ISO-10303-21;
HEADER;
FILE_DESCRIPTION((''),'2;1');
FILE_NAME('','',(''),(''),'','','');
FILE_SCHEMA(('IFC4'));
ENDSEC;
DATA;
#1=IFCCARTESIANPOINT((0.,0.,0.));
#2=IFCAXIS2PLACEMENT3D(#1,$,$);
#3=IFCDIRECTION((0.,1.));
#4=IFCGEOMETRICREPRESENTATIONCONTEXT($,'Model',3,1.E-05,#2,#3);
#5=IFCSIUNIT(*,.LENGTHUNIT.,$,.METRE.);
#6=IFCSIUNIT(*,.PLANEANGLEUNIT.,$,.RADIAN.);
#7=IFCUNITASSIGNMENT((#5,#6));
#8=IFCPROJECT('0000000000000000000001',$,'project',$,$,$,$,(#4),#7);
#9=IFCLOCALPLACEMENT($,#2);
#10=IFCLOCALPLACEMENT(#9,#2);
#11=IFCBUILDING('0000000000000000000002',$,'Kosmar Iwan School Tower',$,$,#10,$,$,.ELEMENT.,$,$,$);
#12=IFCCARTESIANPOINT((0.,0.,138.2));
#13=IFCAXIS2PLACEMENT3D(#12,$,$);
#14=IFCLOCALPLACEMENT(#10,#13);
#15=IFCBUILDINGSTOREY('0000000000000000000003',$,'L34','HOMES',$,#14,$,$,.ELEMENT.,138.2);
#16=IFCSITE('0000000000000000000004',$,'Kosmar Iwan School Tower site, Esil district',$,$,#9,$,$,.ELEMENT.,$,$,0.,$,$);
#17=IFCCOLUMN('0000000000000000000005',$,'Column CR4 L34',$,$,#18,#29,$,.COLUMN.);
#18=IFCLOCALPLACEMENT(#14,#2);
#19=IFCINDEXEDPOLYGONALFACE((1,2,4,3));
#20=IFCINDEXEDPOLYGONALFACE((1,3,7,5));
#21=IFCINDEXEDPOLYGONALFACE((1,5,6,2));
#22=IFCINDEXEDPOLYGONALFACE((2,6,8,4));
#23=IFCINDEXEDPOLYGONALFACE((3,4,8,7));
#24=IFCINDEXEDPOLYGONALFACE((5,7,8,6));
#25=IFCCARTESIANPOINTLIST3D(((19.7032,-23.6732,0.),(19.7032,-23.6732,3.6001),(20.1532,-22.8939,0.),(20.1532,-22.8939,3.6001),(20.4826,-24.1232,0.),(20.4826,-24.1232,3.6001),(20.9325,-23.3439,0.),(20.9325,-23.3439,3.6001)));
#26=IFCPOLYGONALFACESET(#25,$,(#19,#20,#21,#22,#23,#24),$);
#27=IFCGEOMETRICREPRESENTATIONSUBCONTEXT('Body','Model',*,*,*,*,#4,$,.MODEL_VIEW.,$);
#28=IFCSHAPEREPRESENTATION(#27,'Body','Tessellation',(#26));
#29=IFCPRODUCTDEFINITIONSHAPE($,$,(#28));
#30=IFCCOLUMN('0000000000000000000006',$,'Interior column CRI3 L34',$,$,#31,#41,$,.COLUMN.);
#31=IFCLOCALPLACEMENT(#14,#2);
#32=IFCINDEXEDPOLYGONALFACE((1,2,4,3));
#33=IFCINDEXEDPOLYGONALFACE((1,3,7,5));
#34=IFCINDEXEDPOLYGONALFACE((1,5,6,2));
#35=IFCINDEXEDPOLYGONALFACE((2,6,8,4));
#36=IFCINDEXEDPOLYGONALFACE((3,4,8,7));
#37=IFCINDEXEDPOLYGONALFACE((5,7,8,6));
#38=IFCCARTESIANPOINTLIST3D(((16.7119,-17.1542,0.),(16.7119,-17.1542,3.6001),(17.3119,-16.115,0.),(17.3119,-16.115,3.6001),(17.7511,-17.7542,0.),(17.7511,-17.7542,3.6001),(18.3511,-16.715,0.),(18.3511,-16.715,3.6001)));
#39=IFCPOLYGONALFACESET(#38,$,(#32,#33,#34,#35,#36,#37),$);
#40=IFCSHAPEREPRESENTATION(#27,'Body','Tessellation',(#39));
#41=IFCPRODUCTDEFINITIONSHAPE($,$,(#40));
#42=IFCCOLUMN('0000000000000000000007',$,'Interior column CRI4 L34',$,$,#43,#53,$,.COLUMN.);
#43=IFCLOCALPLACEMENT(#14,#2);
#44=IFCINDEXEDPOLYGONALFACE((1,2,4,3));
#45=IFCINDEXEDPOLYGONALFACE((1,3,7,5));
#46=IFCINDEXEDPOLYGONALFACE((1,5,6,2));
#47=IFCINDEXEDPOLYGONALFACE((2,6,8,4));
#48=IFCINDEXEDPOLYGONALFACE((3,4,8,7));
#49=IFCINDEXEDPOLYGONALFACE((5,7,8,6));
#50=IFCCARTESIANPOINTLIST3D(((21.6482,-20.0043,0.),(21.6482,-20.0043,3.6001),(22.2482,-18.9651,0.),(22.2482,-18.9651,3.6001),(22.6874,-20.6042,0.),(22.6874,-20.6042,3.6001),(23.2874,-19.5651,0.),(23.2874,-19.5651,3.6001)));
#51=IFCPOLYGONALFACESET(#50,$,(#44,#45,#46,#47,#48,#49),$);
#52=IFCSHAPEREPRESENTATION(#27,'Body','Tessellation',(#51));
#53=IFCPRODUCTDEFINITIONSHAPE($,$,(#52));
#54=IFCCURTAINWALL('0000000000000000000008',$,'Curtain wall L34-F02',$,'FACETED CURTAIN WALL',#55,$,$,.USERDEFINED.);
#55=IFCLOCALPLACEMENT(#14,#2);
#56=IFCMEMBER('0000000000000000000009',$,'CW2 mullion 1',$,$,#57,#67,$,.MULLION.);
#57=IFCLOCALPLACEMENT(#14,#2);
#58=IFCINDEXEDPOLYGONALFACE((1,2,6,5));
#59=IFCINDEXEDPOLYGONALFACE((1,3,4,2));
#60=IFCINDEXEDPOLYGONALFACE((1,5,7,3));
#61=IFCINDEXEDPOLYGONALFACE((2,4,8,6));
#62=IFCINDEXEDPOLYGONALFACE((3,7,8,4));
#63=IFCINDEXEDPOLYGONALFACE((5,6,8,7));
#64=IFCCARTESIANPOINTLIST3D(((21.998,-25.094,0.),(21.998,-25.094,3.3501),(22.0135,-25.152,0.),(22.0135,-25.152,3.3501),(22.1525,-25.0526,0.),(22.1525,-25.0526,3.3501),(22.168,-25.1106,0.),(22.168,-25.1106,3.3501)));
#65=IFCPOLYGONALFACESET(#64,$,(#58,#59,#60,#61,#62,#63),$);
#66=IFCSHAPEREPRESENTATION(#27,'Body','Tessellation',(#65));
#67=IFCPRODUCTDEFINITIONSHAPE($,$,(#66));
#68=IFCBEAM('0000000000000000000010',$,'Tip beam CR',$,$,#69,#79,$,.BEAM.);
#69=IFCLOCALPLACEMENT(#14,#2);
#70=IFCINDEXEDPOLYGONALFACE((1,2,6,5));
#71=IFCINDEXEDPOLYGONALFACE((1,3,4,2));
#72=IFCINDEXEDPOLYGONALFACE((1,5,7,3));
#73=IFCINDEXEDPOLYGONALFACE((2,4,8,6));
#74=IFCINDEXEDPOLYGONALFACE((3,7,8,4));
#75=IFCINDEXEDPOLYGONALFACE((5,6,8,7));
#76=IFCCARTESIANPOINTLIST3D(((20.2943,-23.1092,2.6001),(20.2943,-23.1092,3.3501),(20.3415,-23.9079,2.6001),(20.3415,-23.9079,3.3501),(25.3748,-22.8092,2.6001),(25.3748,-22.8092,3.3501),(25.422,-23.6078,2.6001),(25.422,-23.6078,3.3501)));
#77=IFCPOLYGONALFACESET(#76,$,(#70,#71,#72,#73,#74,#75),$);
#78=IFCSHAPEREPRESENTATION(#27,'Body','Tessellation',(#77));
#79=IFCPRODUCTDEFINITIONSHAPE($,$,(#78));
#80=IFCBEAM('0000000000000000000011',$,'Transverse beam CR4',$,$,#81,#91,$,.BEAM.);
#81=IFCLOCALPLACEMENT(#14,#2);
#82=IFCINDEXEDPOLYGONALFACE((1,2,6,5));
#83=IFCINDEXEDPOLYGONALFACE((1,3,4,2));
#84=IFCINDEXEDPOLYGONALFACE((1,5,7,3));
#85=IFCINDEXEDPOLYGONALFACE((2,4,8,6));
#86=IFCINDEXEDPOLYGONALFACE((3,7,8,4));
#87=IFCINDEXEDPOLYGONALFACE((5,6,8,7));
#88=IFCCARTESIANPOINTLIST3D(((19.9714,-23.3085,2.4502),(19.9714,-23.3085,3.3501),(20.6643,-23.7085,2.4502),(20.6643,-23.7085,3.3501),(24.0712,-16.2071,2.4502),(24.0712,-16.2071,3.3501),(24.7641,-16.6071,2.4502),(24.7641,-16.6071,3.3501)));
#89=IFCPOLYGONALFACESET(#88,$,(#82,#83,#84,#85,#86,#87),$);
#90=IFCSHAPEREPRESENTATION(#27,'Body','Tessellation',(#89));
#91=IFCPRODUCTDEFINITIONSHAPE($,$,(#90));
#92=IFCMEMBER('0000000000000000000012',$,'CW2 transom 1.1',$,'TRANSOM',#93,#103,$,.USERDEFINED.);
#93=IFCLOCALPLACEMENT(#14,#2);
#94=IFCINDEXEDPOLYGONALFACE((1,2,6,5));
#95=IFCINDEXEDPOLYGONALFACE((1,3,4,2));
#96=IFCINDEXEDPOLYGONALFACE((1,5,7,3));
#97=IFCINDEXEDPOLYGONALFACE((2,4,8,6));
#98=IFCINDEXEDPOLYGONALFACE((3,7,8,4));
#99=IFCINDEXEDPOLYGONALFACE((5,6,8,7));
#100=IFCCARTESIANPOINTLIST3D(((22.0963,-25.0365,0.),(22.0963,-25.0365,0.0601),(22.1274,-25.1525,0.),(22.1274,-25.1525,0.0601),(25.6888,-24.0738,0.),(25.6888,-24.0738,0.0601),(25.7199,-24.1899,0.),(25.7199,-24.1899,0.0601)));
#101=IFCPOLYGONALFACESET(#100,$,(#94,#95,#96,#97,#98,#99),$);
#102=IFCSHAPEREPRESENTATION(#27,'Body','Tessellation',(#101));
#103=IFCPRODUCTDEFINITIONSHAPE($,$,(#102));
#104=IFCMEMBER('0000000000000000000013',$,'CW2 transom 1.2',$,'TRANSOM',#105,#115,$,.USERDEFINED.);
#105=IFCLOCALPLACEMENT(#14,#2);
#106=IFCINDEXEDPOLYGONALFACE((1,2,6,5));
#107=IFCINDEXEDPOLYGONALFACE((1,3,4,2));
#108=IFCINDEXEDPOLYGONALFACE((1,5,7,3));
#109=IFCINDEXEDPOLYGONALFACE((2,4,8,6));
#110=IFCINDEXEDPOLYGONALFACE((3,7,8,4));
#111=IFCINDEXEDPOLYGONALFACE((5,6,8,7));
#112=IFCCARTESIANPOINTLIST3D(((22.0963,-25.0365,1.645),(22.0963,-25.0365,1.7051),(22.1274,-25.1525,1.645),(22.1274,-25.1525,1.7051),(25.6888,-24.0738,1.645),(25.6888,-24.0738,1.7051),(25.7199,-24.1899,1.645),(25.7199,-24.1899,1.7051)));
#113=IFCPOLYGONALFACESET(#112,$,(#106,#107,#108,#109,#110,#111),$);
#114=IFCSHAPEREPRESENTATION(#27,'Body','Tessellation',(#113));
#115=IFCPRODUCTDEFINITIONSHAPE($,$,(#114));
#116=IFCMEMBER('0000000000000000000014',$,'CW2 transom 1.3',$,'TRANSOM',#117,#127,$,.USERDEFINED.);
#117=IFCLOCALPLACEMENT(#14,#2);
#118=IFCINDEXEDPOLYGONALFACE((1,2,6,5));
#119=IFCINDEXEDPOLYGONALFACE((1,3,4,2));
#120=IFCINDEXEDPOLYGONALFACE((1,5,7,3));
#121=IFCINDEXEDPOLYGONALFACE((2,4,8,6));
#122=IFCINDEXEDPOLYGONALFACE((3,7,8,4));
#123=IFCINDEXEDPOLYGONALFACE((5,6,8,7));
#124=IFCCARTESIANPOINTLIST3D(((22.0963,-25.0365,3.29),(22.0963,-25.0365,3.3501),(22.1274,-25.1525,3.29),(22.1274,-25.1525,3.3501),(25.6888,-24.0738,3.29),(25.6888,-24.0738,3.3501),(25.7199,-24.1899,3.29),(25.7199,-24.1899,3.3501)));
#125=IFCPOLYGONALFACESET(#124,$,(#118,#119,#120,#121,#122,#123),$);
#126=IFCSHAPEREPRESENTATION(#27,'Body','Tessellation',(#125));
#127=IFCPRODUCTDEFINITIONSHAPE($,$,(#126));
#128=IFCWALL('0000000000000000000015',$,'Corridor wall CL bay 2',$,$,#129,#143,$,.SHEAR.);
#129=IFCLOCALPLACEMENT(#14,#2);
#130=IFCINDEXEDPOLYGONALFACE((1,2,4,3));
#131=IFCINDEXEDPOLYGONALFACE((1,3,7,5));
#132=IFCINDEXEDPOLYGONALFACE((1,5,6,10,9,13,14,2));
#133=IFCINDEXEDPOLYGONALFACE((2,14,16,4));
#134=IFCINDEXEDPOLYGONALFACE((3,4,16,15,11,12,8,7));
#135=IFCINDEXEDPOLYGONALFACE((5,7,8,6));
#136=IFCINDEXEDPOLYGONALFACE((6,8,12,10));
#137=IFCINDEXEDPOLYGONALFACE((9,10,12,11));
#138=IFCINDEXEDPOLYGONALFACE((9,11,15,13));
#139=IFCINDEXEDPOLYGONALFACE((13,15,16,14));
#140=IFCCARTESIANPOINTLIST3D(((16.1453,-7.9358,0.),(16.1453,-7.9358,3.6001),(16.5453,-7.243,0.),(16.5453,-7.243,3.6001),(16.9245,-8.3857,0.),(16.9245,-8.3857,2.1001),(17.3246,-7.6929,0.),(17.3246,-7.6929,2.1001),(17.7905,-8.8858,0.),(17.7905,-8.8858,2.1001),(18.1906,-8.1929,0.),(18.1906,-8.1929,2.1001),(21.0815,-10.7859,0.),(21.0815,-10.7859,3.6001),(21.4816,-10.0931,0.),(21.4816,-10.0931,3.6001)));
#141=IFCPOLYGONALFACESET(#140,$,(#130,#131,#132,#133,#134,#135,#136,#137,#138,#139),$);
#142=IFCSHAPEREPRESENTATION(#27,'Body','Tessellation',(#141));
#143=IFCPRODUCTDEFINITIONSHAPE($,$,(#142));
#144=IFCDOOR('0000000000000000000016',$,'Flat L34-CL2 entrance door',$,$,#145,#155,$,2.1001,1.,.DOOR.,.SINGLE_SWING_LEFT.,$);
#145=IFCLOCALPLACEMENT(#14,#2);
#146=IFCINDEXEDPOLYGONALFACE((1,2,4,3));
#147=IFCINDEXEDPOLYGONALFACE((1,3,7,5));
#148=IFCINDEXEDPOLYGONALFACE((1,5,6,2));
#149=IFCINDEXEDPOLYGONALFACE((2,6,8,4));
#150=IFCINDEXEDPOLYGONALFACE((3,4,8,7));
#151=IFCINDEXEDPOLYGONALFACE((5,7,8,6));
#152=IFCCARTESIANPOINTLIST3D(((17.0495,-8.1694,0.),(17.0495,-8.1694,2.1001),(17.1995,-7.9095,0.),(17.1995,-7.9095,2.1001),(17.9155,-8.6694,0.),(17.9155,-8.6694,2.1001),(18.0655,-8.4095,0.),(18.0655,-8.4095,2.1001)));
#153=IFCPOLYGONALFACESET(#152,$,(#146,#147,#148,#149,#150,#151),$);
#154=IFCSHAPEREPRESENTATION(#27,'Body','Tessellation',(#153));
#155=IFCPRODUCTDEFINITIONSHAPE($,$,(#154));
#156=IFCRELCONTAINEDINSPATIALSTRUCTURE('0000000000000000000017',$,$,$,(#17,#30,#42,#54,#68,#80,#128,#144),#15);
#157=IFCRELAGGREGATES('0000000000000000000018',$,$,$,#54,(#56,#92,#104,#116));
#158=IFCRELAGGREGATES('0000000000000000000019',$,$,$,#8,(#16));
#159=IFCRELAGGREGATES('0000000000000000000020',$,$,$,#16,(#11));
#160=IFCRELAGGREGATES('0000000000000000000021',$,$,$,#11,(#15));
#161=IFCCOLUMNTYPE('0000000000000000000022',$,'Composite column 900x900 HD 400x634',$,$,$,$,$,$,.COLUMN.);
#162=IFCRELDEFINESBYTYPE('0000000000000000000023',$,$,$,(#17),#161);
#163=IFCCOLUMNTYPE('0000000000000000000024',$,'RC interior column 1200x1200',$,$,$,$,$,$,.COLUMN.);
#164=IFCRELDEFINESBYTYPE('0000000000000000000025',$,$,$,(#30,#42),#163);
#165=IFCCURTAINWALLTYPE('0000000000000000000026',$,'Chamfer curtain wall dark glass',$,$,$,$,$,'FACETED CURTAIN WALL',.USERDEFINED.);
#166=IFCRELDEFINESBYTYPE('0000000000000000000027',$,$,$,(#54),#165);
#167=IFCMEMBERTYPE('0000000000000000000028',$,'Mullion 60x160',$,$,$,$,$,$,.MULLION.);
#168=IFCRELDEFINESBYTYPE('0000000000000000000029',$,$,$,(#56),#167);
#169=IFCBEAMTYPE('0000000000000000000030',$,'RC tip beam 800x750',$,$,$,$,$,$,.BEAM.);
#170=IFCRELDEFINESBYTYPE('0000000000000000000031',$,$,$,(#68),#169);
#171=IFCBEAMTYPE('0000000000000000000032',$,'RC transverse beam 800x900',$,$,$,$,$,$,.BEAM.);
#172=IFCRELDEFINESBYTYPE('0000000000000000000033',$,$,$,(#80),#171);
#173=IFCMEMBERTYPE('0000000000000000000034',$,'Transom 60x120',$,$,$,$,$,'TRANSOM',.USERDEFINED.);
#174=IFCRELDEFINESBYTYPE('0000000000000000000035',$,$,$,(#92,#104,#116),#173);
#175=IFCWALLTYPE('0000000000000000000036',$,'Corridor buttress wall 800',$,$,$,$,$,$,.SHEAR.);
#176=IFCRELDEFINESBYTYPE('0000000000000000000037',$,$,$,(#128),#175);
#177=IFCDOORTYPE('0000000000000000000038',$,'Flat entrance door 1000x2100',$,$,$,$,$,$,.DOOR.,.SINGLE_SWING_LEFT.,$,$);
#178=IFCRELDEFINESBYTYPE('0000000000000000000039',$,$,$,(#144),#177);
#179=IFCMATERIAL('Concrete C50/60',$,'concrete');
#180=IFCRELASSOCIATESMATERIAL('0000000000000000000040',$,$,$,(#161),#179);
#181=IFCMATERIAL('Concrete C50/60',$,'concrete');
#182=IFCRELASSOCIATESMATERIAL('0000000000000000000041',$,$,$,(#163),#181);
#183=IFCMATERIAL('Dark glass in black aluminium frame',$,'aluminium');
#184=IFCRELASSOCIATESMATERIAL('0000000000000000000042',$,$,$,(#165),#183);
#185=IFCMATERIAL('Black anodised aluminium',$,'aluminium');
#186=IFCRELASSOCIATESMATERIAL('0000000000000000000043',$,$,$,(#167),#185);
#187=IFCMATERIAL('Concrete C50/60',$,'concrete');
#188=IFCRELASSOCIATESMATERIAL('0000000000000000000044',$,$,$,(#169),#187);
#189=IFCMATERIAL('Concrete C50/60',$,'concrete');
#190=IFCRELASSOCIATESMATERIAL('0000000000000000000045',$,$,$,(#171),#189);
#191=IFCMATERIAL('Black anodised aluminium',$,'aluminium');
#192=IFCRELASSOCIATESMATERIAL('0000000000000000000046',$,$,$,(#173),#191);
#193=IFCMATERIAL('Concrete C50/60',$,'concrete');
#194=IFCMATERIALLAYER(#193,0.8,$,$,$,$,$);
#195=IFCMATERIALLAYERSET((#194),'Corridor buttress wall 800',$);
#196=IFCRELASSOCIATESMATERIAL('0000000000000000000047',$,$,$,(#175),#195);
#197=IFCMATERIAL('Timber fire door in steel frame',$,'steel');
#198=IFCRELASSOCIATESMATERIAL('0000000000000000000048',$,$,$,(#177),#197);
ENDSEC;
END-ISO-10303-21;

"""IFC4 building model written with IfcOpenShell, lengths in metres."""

from ifc_helpers import new_model, si_unit, direction, frame, frame_2d, origin, origin_2d, place, context, subcontext, project, spatial, rectangle, extrude, material, layer, layer_set, material_profile, profile_set, type_object, element, fill, aggregate, save


model = new_model("IFC4")

# Units and contexts
model_context = context("Model", 3, precision=1e-05, world=origin(), true_north=direction((0.0, 1.0)))
body_context = subcontext(model_context, "Body", "Model", "MODEL_VIEW")
ifc_project = project(units=[si_unit("LENGTHUNIT", "METRE"), si_unit("PLANEANGLEUNIT", "RADIAN")], contexts=[model_context])

# Site, building, storey
site_placement = place(None, origin())
site = spatial("IfcSite", under=ifc_project, at=site_placement, Name="Kosmar Iwan School Tower site, Esil district", CompositionType="ELEMENT", RefElevation=0.0)
building_placement = place(site_placement, origin())
building = spatial("IfcBuilding", under=site, at=building_placement, Name="Kosmar Iwan School Tower", CompositionType="ELEMENT")
storey_placement = place(building_placement, frame((0.0, 0.0, 138.2)))
storey = spatial("IfcBuildingStorey", under=building, at=storey_placement, Name="L34", Description="HOMES", CompositionType="ELEMENT", Elevation=138.2)

# Columns
ifc_material_1 = material(Name="Concrete C50/60", Category="concrete")
ifc_material_profile_1 = material_profile(ifc_material_1, rectangle(XDim=0.8999, YDim=0.8999, at=origin_2d()), Name="RC 900x900 + HD 400x634")
ifc_profile_set_1 = profile_set([ifc_material_profile_1], Name="Concrete C50/60")
column_type_1 = type_object("IfcColumnType", Name="Composite column 900x900 HD 400x634", PredefinedType="COLUMN", material=ifc_profile_set_1)
column_placement = place(storey_placement, frame((20.3179, -23.5085, 0.0), z_axis=(0.0, 0.0, 1.0), x_axis=(0.866025, -0.5, 0.0)))
element("IfcColumn", 1, at=column_placement, inside=storey, type_object=column_type_1, Name="Column CR4 L34", PredefinedType="COLUMN", context=body_context, shape_type="SweptSolid", body=[
    extrude(rectangle(XDim=0.8999, YDim=0.8999, at=origin_2d()), origin(), (0.0, 0.0, 1.0), 3.6001),
])
ifc_material_2 = material(Name="Concrete C50/60", Category="concrete")
ifc_material_profile_2 = material_profile(ifc_material_2, rectangle(XDim=1.2, YDim=1.2, at=origin_2d()), Name="RC 1200x1200")
ifc_profile_set_2 = profile_set([ifc_material_profile_2], Name="Concrete C50/60")
column_type_2 = type_object("IfcColumnType", Name="RC interior column 1200x1200", PredefinedType="COLUMN", material=ifc_profile_set_2)
for number, where, z_axis, x_axis, name in (
    (2, (17.5315, -16.9346, 0.0), (0.0, 0.0, 1.0), (0.866025, -0.5, 0.0), "Interior column CRI3 L34"),
    (3, (22.4678, -19.7847, 0.0), (0.0, 0.0, 1.0), (0.866025, -0.5, 0.0), "Interior column CRI4 L34"),
):
    element("IfcColumn", number, at=place(storey_placement, frame(where, z_axis=z_axis, x_axis=x_axis)), inside=storey, type_object=column_type_2, Name=name, PredefinedType="COLUMN", context=body_context, shape_type="SweptSolid", body=[
        extrude(rectangle(XDim=1.2, YDim=1.2, at=origin_2d()), origin(), (0.0, 0.0, 1.0), 3.6001),
    ])

# Curtain wall, member
ifc_material_3 = material(Name="Dark glass in black aluminium frame", Category="aluminium")
curtain_wall_type = type_object("IfcCurtainWallType", Name="Chamfer curtain wall dark glass", ElementType="FACETED CURTAIN WALL", PredefinedType="USERDEFINED", material=ifc_material_3)
curtain_wall_placement = place(storey_placement, origin())
curtain_wall = element("IfcCurtainWall", 4, at=curtain_wall_placement, inside=storey, type_object=curtain_wall_type, Name="Curtain wall L34-F02", ObjectType="FACETED CURTAIN WALL", PredefinedType="USERDEFINED")
ifc_material_4 = material(Name="Black anodised aluminium", Category="aluminium")
ifc_material_profile_3 = material_profile(ifc_material_4, rectangle(XDim=0.0601, YDim=0.1599, at=origin_2d()), Name="MULLION 60x160")
ifc_profile_set_3 = profile_set([ifc_material_profile_3], Name="Black anodised aluminium")
member_type_1 = type_object("IfcMemberType", Name="Mullion 60x160", PredefinedType="MULLION", material=ifc_profile_set_3)
member_1_placement = place(storey_placement, frame((22.083, -25.1023, 0.0), z_axis=(0.0, 0.0, 1.0), x_axis=(-0.258819, 0.965926, 0.0)))
member_1 = element("IfcMember", 5, at=member_1_placement, type_object=member_type_1, Name="CW2 mullion 1", PredefinedType="MULLION", context=body_context, shape_type="SweptSolid", body=[
    extrude(rectangle(XDim=0.0601, YDim=0.1599, at=origin_2d()), origin(), (0.0, 0.0, 1.0), 3.3501),
])

# Beams
ifc_material_5 = material(Name="Concrete C50/60", Category="concrete")
ifc_material_profile_4 = material_profile(ifc_material_5, rectangle(XDim=0.8, YDim=0.75, at=origin_2d()), Name="RC 800x750")
ifc_profile_set_4 = profile_set([ifc_material_profile_4], Name="Concrete C50/60")
beam_type_1 = type_object("IfcBeamType", Name="RC tip beam 800x750", PredefinedType="BEAM", material=ifc_profile_set_4)
beam_1_placement = place(storey_placement, frame((20.3179, -23.5085, 2.9751), z_axis=(0.998261, 0.058955, 0.0), x_axis=(-0.058955, 0.998261, 0.0)))
element("IfcBeam", 6, at=beam_1_placement, inside=storey, type_object=beam_type_1, Name="Tip beam CR", PredefinedType="BEAM", context=body_context, shape_type="SweptSolid", body=[
    extrude(rectangle(XDim=0.8, YDim=0.75, at=origin_2d()), origin(), (0.0, 0.0, 1.0), 5.0894),
])
ifc_material_6 = material(Name="Concrete C50/60", Category="concrete")
ifc_material_profile_5 = material_profile(ifc_material_6, rectangle(XDim=0.8, YDim=0.8999, at=origin_2d()), Name="RC 800x900")
ifc_profile_set_5 = profile_set([ifc_material_profile_5], Name="Concrete C50/60")
beam_type_2 = type_object("IfcBeamType", Name="RC transverse beam 800x900", PredefinedType="BEAM", material=ifc_profile_set_5)
beam_2_placement = place(storey_placement, frame((20.3179, -23.5085, 2.9001), z_axis=(0.499978, 0.866038, 0.0), x_axis=(-0.866038, 0.499978, 0.0)))
element("IfcBeam", 7, at=beam_2_placement, inside=storey, type_object=beam_type_2, Name="Transverse beam CR4", PredefinedType="BEAM", context=body_context, shape_type="SweptSolid", body=[
    extrude(rectangle(XDim=0.8, YDim=0.8999, at=origin_2d()), origin(), (0.0, 0.0, 1.0), 8.2),
])

# Members
ifc_material_7 = material(Name="Black anodised aluminium", Category="aluminium")
ifc_material_profile_6 = material_profile(ifc_material_7, rectangle(XDim=0.1201, YDim=0.0601, at=origin_2d()), Name="TRANSOM 60x120")
ifc_profile_set_6 = profile_set([ifc_material_profile_6], Name="Black anodised aluminium")
member_type_2 = type_object("IfcMemberType", Name="Transom 60x120", ElementType="TRANSOM", PredefinedType="USERDEFINED", material=ifc_profile_set_6)
member_2_placement = place(storey_placement, frame((22.1118, -25.0945, 0.03), z_axis=(0.965924, 0.258827, 0.0), x_axis=(-0.258827, 0.965924, 0.0)))
member_2 = element("IfcMember", 8, at=member_2_placement, type_object=member_type_2, Name="CW2 transom 1.1", ObjectType="TRANSOM", PredefinedType="USERDEFINED", context=body_context, shape_type="SweptSolid", body=[
    extrude(rectangle(XDim=0.1201, YDim=0.0601, at=origin_2d()), origin(), (0.0, 0.0, 1.0), 3.7192),
])
member_3_placement = place(storey_placement, frame((22.1118, -25.0945, 1.675), z_axis=(0.965924, 0.258827, 0.0), x_axis=(-0.258827, 0.965924, 0.0)))
member_3 = element("IfcMember", 9, at=member_3_placement, type_object=member_type_2, Name="CW2 transom 1.2", ObjectType="TRANSOM", PredefinedType="USERDEFINED", context=body_context, shape_type="SweptSolid", body=[
    extrude(rectangle(XDim=0.1201, YDim=0.0601, at=origin_2d()), origin(), (0.0, 0.0, 1.0), 3.7192),
])
member_4_placement = place(storey_placement, frame((22.1118, -25.0945, 3.3201), z_axis=(0.965924, 0.258827, 0.0), x_axis=(-0.258827, 0.965924, 0.0)))
member_4 = element("IfcMember", 10, at=member_4_placement, type_object=member_type_2, Name="CW2 transom 1.3", ObjectType="TRANSOM", PredefinedType="USERDEFINED", context=body_context, shape_type="SweptSolid", body=[
    extrude(rectangle(XDim=0.1201, YDim=0.0601, at=origin_2d()), origin(), (0.0, 0.0, 1.0), 3.7192),
])
aggregate(curtain_wall, [member_1, member_2, member_3, member_4])

# Wall, opening, door
ifc_material_8 = material(Name="Concrete C50/60", Category="concrete")
ifc_layer_1 = layer(ifc_material_8, 0.8)
ifc_layer_set_1 = layer_set([ifc_layer_1], Name="Corridor buttress wall 800")
wall_type_1 = type_object("IfcWallType", Name="Corridor buttress wall 800", PredefinedType="SHEAR", material=ifc_layer_set_1)
wall_1_placement = place(storey_placement, frame((16.3452, -7.5894, 0.0), z_axis=(0.0, 0.0, 1.0), x_axis=(0.866015, -0.500018, 0.0)))
wall_1 = element("IfcWall", 11, at=wall_1_placement, inside=storey, type_object=wall_type_1, Name="Corridor wall CL bay 2", PredefinedType="SHEAR", context=body_context, shape_type="SweptSolid", body=[
    extrude(rectangle(XDim=5.7, YDim=0.8, at=frame_2d((2.8501, 0.0))), origin(), (0.0, 0.0, 1.0), 3.6001),
])
opening_1_placement = place(wall_1_placement, frame((0.8999, 0.0, 0.0)))
opening_1 = element("IfcOpeningElement", 12, at=opening_1_placement, cuts=wall_1, PredefinedType="OPENING", context=body_context, shape_type="SweptSolid", body=[
    extrude(rectangle(XDim=1.0, YDim=2.1001, at=frame_2d((0.5, 1.05))), frame((0.0, 0.4121, 0.0), z_axis=(0.0, -1.0, 0.0), x_axis=(1.0, 0.0, 0.0)), (0.0, 0.0, 1.0), 0.824),
])
ifc_material_9 = material(Name="Timber fire door in steel frame", Category="steel")
door_type_1 = type_object("IfcDoorType", Name="Flat entrance door 1000x2100", OperationType="SINGLE_SWING_LEFT", PredefinedType="DOOR", material=ifc_material_9)
door_1_placement = place(opening_1_placement, origin())
door_1 = element("IfcDoor", 13, at=door_1_placement, inside=storey, type_object=door_type_1, Name="Flat L34-CL2 entrance door", OperationType="SINGLE_SWING_LEFT", OverallHeight=2.1001, OverallWidth=1.0, PredefinedType="DOOR", context=body_context, shape_type="SweptSolid", body=[
    extrude(rectangle(XDim=1.0, YDim=2.1001, at=frame_2d((0.5, 1.05))), frame((0.0, 0.1499, 0.0), z_axis=(0.0, -1.0, 0.0), x_axis=(1.0, 0.0, 0.0)), (0.0, 0.0, 1.0), 0.3),
])
fill(opening_1, door_1)

save(model, "model.ifc")
